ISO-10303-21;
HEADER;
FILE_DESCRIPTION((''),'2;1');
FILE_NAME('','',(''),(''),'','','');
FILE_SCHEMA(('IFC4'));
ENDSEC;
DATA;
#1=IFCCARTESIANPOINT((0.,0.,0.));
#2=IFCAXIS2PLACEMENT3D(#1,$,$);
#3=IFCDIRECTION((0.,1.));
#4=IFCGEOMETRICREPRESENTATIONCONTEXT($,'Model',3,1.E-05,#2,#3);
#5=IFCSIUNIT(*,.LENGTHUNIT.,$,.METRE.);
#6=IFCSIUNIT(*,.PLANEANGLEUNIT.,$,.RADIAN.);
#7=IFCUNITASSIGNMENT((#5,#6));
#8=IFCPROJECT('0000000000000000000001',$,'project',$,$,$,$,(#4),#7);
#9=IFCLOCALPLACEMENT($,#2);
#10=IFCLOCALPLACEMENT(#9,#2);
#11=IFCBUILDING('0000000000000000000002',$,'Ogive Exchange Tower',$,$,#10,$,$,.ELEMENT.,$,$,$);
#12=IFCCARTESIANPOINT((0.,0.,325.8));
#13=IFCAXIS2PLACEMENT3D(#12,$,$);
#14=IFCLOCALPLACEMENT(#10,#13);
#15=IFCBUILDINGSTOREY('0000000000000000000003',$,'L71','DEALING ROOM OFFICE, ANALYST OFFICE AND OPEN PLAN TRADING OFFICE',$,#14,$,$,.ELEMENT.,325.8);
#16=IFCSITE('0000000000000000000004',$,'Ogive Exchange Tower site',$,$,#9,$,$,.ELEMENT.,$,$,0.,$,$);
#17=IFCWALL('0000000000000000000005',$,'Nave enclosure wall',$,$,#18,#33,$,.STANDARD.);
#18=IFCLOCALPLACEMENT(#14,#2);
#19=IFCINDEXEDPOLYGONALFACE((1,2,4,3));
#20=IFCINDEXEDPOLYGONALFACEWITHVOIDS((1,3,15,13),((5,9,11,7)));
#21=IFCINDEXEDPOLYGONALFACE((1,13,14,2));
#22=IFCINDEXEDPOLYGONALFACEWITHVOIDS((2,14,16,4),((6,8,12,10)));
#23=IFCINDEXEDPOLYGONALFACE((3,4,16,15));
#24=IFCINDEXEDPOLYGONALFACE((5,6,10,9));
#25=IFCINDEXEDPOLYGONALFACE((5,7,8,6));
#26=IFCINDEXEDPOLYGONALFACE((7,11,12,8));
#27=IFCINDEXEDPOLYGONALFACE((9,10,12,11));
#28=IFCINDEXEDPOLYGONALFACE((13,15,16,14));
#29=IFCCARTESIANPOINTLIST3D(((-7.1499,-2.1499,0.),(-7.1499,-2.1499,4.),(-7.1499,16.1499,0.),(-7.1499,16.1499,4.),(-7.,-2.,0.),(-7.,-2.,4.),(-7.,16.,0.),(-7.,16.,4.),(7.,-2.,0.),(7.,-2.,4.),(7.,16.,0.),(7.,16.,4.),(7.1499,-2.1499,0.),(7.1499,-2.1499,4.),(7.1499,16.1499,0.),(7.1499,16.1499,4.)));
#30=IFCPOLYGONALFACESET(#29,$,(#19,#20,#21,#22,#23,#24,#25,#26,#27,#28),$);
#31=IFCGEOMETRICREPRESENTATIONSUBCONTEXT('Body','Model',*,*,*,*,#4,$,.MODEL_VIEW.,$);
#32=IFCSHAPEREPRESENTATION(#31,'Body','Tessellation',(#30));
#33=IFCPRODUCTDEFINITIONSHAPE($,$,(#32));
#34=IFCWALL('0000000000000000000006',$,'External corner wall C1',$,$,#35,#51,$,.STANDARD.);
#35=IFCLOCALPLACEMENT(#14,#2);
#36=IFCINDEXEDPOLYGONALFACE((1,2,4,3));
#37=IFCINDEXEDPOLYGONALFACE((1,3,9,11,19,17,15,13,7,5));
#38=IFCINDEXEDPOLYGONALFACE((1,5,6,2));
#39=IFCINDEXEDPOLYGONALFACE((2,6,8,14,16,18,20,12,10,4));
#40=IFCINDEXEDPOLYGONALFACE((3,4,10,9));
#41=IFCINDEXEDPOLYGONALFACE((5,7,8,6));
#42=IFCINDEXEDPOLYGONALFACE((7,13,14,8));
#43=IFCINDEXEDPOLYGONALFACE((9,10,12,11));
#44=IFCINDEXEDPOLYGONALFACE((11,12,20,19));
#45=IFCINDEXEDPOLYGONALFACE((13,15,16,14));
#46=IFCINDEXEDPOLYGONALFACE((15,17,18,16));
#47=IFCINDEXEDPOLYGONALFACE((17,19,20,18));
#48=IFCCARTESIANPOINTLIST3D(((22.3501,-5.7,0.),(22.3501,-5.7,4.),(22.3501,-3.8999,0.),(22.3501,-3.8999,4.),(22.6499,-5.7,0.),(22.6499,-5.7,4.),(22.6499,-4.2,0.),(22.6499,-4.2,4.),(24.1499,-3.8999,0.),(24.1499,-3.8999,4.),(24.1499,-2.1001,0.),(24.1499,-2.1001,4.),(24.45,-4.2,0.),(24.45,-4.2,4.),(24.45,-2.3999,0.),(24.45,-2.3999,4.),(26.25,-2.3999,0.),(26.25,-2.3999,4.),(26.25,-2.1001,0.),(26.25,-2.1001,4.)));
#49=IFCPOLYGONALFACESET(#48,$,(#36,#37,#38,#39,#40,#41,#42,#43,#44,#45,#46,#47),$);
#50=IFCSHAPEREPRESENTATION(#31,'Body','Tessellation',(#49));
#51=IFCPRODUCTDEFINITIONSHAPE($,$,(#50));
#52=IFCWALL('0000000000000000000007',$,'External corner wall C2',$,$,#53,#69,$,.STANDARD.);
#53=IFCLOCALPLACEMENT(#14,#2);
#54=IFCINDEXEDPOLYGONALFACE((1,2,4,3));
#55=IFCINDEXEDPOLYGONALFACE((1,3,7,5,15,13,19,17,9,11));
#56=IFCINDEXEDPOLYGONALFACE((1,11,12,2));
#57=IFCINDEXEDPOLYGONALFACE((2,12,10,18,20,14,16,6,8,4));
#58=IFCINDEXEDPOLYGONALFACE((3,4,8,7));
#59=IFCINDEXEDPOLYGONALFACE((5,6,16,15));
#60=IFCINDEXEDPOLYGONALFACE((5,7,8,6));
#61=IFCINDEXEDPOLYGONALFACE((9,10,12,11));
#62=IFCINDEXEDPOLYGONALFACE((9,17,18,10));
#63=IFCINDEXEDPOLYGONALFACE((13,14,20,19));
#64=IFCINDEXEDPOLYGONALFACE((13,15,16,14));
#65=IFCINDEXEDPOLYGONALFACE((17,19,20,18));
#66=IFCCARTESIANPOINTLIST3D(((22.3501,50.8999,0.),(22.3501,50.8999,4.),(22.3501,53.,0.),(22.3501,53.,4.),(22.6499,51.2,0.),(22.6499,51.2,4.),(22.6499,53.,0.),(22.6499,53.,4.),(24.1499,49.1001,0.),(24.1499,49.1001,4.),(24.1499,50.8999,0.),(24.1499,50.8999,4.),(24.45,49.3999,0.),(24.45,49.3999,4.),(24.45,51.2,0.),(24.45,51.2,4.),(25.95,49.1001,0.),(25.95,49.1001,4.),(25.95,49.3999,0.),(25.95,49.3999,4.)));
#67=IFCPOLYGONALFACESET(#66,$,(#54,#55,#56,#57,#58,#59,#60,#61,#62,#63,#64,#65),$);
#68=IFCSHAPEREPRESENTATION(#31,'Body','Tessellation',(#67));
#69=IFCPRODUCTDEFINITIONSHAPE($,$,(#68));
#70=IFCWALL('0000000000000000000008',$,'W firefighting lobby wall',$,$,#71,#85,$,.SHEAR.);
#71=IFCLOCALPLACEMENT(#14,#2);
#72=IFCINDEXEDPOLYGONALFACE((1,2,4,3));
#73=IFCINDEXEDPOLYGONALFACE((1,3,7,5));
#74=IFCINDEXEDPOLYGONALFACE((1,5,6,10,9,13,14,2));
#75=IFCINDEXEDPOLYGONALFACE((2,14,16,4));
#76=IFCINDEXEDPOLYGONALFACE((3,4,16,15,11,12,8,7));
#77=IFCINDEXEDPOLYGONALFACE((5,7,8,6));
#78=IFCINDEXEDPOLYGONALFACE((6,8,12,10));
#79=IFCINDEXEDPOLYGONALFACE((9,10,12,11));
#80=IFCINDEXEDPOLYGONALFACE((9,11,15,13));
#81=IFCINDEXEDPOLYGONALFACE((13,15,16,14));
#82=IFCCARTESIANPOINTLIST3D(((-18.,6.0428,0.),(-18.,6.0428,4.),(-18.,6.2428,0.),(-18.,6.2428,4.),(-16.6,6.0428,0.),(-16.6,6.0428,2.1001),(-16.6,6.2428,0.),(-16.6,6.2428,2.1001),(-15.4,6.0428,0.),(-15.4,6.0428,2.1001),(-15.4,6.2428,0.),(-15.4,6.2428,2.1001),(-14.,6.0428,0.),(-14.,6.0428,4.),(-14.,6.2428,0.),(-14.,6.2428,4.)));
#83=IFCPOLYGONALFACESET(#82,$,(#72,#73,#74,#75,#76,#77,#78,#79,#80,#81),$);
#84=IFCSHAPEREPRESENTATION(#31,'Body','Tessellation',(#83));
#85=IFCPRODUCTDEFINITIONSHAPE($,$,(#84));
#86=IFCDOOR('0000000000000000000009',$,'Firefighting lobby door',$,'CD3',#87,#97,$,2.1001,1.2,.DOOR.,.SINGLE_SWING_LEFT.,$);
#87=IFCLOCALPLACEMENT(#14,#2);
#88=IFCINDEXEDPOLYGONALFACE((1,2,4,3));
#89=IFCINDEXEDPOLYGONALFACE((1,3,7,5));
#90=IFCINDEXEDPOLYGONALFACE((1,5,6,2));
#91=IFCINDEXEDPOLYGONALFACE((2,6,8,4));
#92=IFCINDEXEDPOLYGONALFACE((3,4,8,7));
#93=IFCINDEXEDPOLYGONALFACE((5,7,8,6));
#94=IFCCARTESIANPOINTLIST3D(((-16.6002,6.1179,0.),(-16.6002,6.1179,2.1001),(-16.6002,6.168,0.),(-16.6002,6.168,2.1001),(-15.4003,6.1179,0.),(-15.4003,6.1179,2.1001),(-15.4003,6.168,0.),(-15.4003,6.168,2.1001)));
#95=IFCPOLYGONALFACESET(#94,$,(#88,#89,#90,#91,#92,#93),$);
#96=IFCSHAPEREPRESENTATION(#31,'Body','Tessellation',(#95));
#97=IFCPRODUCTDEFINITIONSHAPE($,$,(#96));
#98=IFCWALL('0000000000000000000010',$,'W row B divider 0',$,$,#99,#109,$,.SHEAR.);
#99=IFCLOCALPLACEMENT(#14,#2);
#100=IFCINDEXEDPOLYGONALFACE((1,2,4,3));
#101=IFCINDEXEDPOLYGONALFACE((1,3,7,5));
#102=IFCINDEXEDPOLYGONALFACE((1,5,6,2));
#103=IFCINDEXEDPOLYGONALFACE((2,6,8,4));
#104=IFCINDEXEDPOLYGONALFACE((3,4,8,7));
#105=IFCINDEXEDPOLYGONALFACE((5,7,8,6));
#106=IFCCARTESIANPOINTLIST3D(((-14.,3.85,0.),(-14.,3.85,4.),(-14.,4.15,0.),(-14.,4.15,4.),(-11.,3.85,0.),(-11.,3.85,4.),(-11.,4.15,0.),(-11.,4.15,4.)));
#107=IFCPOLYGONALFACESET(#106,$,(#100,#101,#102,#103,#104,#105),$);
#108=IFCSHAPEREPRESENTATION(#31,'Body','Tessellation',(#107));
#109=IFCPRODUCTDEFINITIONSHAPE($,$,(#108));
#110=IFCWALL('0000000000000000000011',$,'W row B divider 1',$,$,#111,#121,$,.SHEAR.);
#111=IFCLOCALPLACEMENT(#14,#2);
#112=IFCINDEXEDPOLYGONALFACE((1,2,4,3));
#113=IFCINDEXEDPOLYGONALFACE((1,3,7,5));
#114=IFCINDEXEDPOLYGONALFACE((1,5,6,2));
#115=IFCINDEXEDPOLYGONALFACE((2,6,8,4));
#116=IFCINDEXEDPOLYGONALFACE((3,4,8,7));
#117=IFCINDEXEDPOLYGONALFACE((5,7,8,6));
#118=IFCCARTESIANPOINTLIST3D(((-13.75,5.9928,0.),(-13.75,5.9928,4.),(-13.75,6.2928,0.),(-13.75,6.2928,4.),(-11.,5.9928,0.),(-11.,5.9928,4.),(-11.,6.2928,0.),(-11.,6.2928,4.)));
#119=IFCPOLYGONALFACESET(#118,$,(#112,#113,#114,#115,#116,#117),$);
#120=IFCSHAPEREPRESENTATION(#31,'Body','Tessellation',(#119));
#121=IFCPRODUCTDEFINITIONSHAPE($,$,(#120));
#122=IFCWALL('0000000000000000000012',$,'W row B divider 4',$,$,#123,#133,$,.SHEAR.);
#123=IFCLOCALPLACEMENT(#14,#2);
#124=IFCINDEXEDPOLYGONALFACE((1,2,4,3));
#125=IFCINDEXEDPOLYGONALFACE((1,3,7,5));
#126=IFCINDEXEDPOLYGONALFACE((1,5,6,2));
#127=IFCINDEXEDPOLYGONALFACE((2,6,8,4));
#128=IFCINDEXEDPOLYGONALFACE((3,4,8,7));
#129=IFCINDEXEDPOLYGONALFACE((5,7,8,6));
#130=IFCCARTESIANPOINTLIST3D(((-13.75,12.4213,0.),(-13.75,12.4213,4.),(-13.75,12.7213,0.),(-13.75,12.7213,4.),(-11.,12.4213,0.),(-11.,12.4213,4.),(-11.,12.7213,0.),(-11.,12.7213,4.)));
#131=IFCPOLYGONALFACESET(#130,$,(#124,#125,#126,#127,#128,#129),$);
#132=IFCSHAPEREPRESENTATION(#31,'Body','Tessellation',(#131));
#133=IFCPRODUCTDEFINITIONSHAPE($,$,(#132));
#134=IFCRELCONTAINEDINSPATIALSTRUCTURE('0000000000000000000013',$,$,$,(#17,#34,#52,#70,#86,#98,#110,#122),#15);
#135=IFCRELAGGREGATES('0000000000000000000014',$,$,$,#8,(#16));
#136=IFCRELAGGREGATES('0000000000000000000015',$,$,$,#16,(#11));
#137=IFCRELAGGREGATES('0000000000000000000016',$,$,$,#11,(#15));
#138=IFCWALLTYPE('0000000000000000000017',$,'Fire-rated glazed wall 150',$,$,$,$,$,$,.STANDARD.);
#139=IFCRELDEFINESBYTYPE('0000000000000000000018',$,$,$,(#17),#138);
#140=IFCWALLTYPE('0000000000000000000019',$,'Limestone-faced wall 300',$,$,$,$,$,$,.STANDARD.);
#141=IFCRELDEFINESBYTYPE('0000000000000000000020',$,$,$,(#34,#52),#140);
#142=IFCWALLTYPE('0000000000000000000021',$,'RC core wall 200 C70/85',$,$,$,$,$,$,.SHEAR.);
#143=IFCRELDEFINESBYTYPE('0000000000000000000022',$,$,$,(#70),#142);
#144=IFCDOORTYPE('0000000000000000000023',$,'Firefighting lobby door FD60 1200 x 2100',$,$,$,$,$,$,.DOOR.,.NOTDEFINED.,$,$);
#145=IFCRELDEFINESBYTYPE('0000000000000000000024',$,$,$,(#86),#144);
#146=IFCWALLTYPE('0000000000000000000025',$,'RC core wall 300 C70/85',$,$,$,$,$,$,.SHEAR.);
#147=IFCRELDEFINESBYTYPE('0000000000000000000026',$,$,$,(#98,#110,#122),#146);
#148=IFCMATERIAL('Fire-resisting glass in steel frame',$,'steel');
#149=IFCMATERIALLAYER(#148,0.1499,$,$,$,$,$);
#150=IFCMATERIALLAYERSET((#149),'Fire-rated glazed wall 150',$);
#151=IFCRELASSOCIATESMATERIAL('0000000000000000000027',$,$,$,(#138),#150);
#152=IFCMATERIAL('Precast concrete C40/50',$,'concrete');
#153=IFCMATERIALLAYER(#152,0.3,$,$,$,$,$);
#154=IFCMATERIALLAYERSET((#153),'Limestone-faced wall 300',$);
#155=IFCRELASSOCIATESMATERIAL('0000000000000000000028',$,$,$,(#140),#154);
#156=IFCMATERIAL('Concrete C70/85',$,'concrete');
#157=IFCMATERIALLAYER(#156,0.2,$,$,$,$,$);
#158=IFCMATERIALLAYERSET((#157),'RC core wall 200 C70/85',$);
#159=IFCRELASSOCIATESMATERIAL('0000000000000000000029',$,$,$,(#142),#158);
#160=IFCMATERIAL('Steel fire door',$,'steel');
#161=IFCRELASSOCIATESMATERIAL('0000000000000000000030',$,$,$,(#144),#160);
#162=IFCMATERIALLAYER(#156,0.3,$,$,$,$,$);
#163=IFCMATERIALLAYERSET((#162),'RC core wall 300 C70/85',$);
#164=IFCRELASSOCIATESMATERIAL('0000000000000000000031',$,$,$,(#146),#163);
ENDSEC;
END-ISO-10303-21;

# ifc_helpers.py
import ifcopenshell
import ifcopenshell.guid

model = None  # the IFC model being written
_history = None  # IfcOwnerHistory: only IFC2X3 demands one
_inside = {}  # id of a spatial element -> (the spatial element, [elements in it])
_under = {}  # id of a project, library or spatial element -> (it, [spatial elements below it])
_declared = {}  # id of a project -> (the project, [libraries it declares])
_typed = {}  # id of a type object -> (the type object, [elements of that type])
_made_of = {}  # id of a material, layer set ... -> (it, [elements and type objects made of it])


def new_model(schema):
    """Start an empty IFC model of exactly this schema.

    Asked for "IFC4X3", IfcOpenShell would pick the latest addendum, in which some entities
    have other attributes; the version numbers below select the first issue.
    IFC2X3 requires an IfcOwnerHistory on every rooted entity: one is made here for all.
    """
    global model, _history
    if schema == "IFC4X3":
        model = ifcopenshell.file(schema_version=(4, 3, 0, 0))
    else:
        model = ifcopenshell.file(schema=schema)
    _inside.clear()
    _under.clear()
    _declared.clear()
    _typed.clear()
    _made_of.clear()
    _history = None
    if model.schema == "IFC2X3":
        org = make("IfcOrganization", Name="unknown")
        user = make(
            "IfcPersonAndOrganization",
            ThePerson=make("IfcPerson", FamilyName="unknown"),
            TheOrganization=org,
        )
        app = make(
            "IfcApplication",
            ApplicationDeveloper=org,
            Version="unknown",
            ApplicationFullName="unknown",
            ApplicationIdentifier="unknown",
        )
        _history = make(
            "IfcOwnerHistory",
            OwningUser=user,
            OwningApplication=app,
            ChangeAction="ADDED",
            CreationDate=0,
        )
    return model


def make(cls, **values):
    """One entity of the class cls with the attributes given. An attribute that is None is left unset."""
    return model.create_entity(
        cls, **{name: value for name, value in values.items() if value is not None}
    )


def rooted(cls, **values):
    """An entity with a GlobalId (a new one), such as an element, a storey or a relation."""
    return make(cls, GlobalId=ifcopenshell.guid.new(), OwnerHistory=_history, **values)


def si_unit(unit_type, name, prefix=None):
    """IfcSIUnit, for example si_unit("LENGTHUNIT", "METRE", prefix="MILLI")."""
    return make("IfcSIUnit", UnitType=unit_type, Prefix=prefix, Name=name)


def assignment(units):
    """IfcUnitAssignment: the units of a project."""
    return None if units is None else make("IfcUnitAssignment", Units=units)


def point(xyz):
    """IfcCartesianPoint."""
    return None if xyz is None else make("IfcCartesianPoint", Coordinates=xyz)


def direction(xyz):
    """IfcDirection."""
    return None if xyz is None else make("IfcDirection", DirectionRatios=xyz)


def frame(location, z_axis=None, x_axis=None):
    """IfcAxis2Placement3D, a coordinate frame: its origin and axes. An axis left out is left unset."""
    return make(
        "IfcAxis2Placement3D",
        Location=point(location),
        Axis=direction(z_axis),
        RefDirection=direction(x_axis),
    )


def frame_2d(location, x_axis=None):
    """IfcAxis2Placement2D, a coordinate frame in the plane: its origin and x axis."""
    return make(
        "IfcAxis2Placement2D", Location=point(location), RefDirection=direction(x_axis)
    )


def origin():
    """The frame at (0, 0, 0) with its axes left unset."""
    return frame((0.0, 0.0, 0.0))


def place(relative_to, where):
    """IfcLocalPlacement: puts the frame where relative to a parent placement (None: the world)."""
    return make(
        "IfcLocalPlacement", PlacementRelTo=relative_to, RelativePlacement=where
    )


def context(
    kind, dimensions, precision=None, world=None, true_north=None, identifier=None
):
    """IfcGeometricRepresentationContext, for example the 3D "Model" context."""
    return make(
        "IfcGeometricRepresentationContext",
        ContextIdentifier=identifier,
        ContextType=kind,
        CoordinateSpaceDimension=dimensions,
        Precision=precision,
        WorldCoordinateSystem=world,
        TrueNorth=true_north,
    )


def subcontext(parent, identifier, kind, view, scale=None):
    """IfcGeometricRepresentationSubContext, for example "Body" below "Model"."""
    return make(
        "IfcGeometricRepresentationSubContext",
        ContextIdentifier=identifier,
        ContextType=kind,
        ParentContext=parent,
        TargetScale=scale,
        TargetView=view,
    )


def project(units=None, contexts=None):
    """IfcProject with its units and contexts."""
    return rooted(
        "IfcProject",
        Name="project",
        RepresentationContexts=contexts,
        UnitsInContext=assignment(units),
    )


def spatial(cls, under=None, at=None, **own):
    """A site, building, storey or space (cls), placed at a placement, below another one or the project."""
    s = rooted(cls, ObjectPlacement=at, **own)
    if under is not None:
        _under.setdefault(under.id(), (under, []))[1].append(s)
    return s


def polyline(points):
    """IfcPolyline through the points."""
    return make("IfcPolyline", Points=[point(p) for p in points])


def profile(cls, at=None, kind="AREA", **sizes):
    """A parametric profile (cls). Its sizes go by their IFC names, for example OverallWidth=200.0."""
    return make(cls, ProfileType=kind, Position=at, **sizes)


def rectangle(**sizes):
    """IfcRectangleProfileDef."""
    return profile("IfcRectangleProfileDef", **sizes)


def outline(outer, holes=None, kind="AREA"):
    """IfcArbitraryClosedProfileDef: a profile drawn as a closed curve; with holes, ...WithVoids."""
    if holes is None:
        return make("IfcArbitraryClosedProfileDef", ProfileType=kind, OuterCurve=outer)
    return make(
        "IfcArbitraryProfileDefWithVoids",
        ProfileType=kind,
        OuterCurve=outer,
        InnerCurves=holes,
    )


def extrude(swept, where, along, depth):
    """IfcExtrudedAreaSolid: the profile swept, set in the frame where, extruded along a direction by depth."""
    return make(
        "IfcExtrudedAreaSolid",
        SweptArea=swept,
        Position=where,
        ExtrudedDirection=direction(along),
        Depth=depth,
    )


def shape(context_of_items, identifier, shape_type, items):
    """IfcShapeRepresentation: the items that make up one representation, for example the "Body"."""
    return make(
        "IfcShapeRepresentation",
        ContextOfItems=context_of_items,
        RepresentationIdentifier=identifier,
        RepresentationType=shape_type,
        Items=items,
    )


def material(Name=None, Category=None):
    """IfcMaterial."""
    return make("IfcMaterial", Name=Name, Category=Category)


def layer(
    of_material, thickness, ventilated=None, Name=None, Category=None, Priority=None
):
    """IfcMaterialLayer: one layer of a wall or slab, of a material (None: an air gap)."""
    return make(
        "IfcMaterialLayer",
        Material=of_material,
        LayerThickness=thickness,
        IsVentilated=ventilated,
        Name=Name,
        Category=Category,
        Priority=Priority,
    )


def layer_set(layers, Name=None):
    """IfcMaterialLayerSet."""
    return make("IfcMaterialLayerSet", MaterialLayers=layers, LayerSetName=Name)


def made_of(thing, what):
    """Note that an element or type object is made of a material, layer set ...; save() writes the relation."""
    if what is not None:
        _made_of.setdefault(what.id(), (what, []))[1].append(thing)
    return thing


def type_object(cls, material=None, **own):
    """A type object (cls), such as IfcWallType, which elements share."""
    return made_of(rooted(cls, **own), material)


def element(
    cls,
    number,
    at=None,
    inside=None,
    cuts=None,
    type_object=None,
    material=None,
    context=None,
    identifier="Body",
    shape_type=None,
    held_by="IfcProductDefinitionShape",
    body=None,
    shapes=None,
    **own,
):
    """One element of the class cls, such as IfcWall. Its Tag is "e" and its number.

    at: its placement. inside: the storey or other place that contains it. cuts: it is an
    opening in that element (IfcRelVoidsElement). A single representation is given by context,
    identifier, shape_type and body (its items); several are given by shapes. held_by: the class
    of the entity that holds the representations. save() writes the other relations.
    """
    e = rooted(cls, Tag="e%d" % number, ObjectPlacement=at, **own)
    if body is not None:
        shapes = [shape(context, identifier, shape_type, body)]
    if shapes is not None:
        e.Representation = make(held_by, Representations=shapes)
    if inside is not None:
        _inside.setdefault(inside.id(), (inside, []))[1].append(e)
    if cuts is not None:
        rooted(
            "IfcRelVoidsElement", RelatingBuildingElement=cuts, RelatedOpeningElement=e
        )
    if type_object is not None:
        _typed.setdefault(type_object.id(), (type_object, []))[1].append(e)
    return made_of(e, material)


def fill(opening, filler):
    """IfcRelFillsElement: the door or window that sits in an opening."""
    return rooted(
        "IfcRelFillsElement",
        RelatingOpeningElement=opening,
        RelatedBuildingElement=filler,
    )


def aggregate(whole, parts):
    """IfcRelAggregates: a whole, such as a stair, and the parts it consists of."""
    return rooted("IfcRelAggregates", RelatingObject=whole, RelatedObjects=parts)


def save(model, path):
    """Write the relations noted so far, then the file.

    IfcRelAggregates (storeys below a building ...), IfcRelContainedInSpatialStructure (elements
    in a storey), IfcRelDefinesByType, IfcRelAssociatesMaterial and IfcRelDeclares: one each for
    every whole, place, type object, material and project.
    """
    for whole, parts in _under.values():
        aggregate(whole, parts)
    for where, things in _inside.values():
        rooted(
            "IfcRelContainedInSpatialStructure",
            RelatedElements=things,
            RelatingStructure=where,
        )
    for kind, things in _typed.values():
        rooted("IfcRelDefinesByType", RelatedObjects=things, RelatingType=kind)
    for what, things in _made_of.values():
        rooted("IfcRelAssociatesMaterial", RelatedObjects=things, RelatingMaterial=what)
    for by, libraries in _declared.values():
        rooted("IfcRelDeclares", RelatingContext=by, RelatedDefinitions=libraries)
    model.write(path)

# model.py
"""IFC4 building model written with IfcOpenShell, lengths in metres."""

from ifc_helpers import new_model, si_unit, direction, frame, frame_2d, origin, place, context, subcontext, project, spatial, polyline, rectangle, outline, extrude, material, layer, layer_set, type_object, element, fill, save


model = new_model("IFC4")

# Units and contexts
model_context = context("Model", 3, precision=1e-05, world=origin(), true_north=direction((0.0, 1.0)))
body_context = subcontext(model_context, "Body", "Model", "MODEL_VIEW")
ifc_project = project(units=[si_unit("LENGTHUNIT", "METRE"), si_unit("PLANEANGLEUNIT", "RADIAN")], contexts=[model_context])

# Site, building, storey
site_placement = place(None, origin())
site = spatial("IfcSite", under=ifc_project, at=site_placement, Name="Ogive Exchange Tower site", CompositionType="ELEMENT", RefElevation=0.0)
building_placement = place(site_placement, origin())
building = spatial("IfcBuilding", under=site, at=building_placement, Name="Ogive Exchange Tower", CompositionType="ELEMENT")
storey_placement = place(building_placement, frame((0.0, 0.0, 325.8)))
storey = spatial("IfcBuildingStorey", under=building, at=storey_placement, Name="L71", Description="DEALING ROOM OFFICE, ANALYST OFFICE AND OPEN PLAN TRADING OFFICE", CompositionType="ELEMENT", Elevation=325.8)

# Walls
ifc_material_1 = material(Name="Fire-resisting glass in steel frame", Category="steel")
ifc_layer_1 = layer(ifc_material_1, 0.1499)
ifc_layer_set_1 = layer_set([ifc_layer_1], Name="Fire-rated glazed wall 150")
wall_type_1 = type_object("IfcWallType", Name="Fire-rated glazed wall 150", PredefinedType="STANDARD", material=ifc_layer_set_1)
wall_1_placement = place(storey_placement, origin())
element("IfcWall", 1, at=wall_1_placement, inside=storey, type_object=wall_type_1, Name="Nave enclosure wall", PredefinedType="STANDARD", context=body_context, shape_type="SweptSolid", body=[
    extrude(outline(polyline([(-7.1499, -2.1499), (7.1499, -2.1499), (7.1499, 16.1499), (-7.1499, 16.1499), (-7.1499, -2.1499)]), holes=[polyline([(-7.0, -2.0), (-7.0, 16.0), (7.0, 16.0), (7.0, -2.0), (-7.0, -2.0)])]), origin(), (0.0, 0.0, 1.0), 4.0),
])
ifc_material_2 = material(Name="Precast concrete C40/50", Category="concrete")
ifc_layer_2 = layer(ifc_material_2, 0.3)
ifc_layer_set_2 = layer_set([ifc_layer_2], Name="Limestone-faced wall 300")
wall_type_2 = type_object("IfcWallType", Name="Limestone-faced wall 300", PredefinedType="STANDARD", material=ifc_layer_set_2)
wall_2_placement = place(storey_placement, origin())
element("IfcWall", 2, at=wall_2_placement, inside=storey, type_object=wall_type_2, Name="External corner wall C1", PredefinedType="STANDARD", context=body_context, shape_type="SweptSolid", body=[
    extrude(outline(polyline([(24.1499, -3.8999), (24.1499, -2.1001), (26.25, -2.1001), (26.25, -2.3999), (24.45, -2.3999), (24.45, -4.2), (22.6499, -4.2), (22.6499, -5.7), (22.3501, -5.7), (22.3501, -3.8999), (24.1499, -3.8999)])), origin(), (0.0, 0.0, 1.0), 4.0),
])
wall_3_placement = place(storey_placement, origin())
element("IfcWall", 3, at=wall_3_placement, inside=storey, type_object=wall_type_2, Name="External corner wall C2", PredefinedType="STANDARD", context=body_context, shape_type="SweptSolid", body=[
    extrude(outline(polyline([(24.1499, 50.8999), (22.3501, 50.8999), (22.3501, 53.0), (22.6499, 53.0), (22.6499, 51.2), (24.45, 51.2), (24.45, 49.3999), (25.95, 49.3999), (25.95, 49.1001), (24.1499, 49.1001), (24.1499, 50.8999)])), origin(), (0.0, 0.0, 1.0), 4.0),
])

# Wall, opening, door
ifc_material_3 = material(Name="Concrete C70/85", Category="concrete")
ifc_layer_3 = layer(ifc_material_3, 0.2)
ifc_layer_set_3 = layer_set([ifc_layer_3], Name="RC core wall 200 C70/85")
wall_type_3 = type_object("IfcWallType", Name="RC core wall 200 C70/85", PredefinedType="SHEAR", material=ifc_layer_set_3)
wall_4_placement = place(storey_placement, frame((-18.0, 6.1428, 0.0), z_axis=(0.0, 0.0, 1.0), x_axis=(1.0, 0.0, 0.0)))
wall_4 = element("IfcWall", 4, at=wall_4_placement, inside=storey, type_object=wall_type_3, Name="W firefighting lobby wall", PredefinedType="SHEAR", context=body_context, shape_type="SweptSolid", body=[
    extrude(rectangle(XDim=4.0, YDim=0.2, at=frame_2d((2.0, 0.0))), origin(), (0.0, 0.0, 1.0), 4.0),
])
opening_placement = place(wall_4_placement, frame((1.3999, 0.0, 0.0)))
opening = element("IfcOpeningElement", 5, at=opening_placement, cuts=wall_4, PredefinedType="OPENING", context=body_context, shape_type="SweptSolid", body=[
    extrude(rectangle(XDim=1.2, YDim=2.1001, at=frame_2d((0.6001, 1.05))), frame((0.0, 0.1099, 0.0), z_axis=(0.0, -1.0, 0.0), x_axis=(1.0, 0.0, 0.0)), (0.0, 0.0, 1.0), 0.22),
])
ifc_material_4 = material(Name="Steel fire door", Category="steel")
door_type = type_object("IfcDoorType", Name="Firefighting lobby door FD60 1200 x 2100", OperationType="NOTDEFINED", PredefinedType="DOOR", material=ifc_material_4)
door_placement = place(opening_placement, frame((1.2, 0.0, 0.0), z_axis=(0.0, 0.0, 1.0), x_axis=(-1.0, 0.0, 0.0)))
door = element("IfcDoor", 6, at=door_placement, inside=storey, type_object=door_type, Name="Firefighting lobby door", ObjectType="CD3", OperationType="SINGLE_SWING_LEFT", OverallHeight=2.1001, OverallWidth=1.2, PredefinedType="DOOR", context=body_context, shape_type="SweptSolid", body=[
    extrude(rectangle(XDim=1.2, YDim=2.1001, at=frame_2d((0.6001, 1.05))), frame((0.0, 0.0249, 0.0), z_axis=(0.0, -1.0, 0.0), x_axis=(1.0, 0.0, 0.0)), (0.0, 0.0, 1.0), 0.05),
])
fill(opening, door)

# Walls
ifc_layer_4 = layer(ifc_material_3, 0.3)
ifc_layer_set_4 = layer_set([ifc_layer_4], Name="RC core wall 300 C70/85")
wall_type_4 = type_object("IfcWallType", Name="RC core wall 300 C70/85", PredefinedType="SHEAR", material=ifc_layer_set_4)
wall_5_placement = place(storey_placement, frame((-14.0, 4.0, 0.0), z_axis=(0.0, 0.0, 1.0), x_axis=(1.0, 0.0, 0.0)))
element("IfcWall", 7, at=wall_5_placement, inside=storey, type_object=wall_type_4, Name="W row B divider 0", PredefinedType="SHEAR", context=body_context, shape_type="SweptSolid", body=[
    extrude(rectangle(XDim=3.0, YDim=0.3, at=frame_2d((1.5, 0.0))), origin(), (0.0, 0.0, 1.0), 4.0),
])
for number, where, z_axis, x_axis, name in (
    (8, (-13.75, 6.1428, 0.0), (0.0, 0.0, 1.0), (1.0, 0.0, 0.0), "W row B divider 1"),
    (9, (-13.75, 12.5713, 0.0), (0.0, 0.0, 1.0), (1.0, 0.0, 0.0), "W row B divider 4"),
):
    element("IfcWall", number, at=place(storey_placement, frame(where, z_axis=z_axis, x_axis=x_axis)), inside=storey, type_object=wall_type_4, Name=name, PredefinedType="SHEAR", context=body_context, shape_type="SweptSolid", body=[
        extrude(rectangle(XDim=2.75, YDim=0.3, at=frame_2d((1.375, 0.0))), origin(), (0.0, 0.0, 1.0), 4.0),
    ])

save(model, "model.ifc")
